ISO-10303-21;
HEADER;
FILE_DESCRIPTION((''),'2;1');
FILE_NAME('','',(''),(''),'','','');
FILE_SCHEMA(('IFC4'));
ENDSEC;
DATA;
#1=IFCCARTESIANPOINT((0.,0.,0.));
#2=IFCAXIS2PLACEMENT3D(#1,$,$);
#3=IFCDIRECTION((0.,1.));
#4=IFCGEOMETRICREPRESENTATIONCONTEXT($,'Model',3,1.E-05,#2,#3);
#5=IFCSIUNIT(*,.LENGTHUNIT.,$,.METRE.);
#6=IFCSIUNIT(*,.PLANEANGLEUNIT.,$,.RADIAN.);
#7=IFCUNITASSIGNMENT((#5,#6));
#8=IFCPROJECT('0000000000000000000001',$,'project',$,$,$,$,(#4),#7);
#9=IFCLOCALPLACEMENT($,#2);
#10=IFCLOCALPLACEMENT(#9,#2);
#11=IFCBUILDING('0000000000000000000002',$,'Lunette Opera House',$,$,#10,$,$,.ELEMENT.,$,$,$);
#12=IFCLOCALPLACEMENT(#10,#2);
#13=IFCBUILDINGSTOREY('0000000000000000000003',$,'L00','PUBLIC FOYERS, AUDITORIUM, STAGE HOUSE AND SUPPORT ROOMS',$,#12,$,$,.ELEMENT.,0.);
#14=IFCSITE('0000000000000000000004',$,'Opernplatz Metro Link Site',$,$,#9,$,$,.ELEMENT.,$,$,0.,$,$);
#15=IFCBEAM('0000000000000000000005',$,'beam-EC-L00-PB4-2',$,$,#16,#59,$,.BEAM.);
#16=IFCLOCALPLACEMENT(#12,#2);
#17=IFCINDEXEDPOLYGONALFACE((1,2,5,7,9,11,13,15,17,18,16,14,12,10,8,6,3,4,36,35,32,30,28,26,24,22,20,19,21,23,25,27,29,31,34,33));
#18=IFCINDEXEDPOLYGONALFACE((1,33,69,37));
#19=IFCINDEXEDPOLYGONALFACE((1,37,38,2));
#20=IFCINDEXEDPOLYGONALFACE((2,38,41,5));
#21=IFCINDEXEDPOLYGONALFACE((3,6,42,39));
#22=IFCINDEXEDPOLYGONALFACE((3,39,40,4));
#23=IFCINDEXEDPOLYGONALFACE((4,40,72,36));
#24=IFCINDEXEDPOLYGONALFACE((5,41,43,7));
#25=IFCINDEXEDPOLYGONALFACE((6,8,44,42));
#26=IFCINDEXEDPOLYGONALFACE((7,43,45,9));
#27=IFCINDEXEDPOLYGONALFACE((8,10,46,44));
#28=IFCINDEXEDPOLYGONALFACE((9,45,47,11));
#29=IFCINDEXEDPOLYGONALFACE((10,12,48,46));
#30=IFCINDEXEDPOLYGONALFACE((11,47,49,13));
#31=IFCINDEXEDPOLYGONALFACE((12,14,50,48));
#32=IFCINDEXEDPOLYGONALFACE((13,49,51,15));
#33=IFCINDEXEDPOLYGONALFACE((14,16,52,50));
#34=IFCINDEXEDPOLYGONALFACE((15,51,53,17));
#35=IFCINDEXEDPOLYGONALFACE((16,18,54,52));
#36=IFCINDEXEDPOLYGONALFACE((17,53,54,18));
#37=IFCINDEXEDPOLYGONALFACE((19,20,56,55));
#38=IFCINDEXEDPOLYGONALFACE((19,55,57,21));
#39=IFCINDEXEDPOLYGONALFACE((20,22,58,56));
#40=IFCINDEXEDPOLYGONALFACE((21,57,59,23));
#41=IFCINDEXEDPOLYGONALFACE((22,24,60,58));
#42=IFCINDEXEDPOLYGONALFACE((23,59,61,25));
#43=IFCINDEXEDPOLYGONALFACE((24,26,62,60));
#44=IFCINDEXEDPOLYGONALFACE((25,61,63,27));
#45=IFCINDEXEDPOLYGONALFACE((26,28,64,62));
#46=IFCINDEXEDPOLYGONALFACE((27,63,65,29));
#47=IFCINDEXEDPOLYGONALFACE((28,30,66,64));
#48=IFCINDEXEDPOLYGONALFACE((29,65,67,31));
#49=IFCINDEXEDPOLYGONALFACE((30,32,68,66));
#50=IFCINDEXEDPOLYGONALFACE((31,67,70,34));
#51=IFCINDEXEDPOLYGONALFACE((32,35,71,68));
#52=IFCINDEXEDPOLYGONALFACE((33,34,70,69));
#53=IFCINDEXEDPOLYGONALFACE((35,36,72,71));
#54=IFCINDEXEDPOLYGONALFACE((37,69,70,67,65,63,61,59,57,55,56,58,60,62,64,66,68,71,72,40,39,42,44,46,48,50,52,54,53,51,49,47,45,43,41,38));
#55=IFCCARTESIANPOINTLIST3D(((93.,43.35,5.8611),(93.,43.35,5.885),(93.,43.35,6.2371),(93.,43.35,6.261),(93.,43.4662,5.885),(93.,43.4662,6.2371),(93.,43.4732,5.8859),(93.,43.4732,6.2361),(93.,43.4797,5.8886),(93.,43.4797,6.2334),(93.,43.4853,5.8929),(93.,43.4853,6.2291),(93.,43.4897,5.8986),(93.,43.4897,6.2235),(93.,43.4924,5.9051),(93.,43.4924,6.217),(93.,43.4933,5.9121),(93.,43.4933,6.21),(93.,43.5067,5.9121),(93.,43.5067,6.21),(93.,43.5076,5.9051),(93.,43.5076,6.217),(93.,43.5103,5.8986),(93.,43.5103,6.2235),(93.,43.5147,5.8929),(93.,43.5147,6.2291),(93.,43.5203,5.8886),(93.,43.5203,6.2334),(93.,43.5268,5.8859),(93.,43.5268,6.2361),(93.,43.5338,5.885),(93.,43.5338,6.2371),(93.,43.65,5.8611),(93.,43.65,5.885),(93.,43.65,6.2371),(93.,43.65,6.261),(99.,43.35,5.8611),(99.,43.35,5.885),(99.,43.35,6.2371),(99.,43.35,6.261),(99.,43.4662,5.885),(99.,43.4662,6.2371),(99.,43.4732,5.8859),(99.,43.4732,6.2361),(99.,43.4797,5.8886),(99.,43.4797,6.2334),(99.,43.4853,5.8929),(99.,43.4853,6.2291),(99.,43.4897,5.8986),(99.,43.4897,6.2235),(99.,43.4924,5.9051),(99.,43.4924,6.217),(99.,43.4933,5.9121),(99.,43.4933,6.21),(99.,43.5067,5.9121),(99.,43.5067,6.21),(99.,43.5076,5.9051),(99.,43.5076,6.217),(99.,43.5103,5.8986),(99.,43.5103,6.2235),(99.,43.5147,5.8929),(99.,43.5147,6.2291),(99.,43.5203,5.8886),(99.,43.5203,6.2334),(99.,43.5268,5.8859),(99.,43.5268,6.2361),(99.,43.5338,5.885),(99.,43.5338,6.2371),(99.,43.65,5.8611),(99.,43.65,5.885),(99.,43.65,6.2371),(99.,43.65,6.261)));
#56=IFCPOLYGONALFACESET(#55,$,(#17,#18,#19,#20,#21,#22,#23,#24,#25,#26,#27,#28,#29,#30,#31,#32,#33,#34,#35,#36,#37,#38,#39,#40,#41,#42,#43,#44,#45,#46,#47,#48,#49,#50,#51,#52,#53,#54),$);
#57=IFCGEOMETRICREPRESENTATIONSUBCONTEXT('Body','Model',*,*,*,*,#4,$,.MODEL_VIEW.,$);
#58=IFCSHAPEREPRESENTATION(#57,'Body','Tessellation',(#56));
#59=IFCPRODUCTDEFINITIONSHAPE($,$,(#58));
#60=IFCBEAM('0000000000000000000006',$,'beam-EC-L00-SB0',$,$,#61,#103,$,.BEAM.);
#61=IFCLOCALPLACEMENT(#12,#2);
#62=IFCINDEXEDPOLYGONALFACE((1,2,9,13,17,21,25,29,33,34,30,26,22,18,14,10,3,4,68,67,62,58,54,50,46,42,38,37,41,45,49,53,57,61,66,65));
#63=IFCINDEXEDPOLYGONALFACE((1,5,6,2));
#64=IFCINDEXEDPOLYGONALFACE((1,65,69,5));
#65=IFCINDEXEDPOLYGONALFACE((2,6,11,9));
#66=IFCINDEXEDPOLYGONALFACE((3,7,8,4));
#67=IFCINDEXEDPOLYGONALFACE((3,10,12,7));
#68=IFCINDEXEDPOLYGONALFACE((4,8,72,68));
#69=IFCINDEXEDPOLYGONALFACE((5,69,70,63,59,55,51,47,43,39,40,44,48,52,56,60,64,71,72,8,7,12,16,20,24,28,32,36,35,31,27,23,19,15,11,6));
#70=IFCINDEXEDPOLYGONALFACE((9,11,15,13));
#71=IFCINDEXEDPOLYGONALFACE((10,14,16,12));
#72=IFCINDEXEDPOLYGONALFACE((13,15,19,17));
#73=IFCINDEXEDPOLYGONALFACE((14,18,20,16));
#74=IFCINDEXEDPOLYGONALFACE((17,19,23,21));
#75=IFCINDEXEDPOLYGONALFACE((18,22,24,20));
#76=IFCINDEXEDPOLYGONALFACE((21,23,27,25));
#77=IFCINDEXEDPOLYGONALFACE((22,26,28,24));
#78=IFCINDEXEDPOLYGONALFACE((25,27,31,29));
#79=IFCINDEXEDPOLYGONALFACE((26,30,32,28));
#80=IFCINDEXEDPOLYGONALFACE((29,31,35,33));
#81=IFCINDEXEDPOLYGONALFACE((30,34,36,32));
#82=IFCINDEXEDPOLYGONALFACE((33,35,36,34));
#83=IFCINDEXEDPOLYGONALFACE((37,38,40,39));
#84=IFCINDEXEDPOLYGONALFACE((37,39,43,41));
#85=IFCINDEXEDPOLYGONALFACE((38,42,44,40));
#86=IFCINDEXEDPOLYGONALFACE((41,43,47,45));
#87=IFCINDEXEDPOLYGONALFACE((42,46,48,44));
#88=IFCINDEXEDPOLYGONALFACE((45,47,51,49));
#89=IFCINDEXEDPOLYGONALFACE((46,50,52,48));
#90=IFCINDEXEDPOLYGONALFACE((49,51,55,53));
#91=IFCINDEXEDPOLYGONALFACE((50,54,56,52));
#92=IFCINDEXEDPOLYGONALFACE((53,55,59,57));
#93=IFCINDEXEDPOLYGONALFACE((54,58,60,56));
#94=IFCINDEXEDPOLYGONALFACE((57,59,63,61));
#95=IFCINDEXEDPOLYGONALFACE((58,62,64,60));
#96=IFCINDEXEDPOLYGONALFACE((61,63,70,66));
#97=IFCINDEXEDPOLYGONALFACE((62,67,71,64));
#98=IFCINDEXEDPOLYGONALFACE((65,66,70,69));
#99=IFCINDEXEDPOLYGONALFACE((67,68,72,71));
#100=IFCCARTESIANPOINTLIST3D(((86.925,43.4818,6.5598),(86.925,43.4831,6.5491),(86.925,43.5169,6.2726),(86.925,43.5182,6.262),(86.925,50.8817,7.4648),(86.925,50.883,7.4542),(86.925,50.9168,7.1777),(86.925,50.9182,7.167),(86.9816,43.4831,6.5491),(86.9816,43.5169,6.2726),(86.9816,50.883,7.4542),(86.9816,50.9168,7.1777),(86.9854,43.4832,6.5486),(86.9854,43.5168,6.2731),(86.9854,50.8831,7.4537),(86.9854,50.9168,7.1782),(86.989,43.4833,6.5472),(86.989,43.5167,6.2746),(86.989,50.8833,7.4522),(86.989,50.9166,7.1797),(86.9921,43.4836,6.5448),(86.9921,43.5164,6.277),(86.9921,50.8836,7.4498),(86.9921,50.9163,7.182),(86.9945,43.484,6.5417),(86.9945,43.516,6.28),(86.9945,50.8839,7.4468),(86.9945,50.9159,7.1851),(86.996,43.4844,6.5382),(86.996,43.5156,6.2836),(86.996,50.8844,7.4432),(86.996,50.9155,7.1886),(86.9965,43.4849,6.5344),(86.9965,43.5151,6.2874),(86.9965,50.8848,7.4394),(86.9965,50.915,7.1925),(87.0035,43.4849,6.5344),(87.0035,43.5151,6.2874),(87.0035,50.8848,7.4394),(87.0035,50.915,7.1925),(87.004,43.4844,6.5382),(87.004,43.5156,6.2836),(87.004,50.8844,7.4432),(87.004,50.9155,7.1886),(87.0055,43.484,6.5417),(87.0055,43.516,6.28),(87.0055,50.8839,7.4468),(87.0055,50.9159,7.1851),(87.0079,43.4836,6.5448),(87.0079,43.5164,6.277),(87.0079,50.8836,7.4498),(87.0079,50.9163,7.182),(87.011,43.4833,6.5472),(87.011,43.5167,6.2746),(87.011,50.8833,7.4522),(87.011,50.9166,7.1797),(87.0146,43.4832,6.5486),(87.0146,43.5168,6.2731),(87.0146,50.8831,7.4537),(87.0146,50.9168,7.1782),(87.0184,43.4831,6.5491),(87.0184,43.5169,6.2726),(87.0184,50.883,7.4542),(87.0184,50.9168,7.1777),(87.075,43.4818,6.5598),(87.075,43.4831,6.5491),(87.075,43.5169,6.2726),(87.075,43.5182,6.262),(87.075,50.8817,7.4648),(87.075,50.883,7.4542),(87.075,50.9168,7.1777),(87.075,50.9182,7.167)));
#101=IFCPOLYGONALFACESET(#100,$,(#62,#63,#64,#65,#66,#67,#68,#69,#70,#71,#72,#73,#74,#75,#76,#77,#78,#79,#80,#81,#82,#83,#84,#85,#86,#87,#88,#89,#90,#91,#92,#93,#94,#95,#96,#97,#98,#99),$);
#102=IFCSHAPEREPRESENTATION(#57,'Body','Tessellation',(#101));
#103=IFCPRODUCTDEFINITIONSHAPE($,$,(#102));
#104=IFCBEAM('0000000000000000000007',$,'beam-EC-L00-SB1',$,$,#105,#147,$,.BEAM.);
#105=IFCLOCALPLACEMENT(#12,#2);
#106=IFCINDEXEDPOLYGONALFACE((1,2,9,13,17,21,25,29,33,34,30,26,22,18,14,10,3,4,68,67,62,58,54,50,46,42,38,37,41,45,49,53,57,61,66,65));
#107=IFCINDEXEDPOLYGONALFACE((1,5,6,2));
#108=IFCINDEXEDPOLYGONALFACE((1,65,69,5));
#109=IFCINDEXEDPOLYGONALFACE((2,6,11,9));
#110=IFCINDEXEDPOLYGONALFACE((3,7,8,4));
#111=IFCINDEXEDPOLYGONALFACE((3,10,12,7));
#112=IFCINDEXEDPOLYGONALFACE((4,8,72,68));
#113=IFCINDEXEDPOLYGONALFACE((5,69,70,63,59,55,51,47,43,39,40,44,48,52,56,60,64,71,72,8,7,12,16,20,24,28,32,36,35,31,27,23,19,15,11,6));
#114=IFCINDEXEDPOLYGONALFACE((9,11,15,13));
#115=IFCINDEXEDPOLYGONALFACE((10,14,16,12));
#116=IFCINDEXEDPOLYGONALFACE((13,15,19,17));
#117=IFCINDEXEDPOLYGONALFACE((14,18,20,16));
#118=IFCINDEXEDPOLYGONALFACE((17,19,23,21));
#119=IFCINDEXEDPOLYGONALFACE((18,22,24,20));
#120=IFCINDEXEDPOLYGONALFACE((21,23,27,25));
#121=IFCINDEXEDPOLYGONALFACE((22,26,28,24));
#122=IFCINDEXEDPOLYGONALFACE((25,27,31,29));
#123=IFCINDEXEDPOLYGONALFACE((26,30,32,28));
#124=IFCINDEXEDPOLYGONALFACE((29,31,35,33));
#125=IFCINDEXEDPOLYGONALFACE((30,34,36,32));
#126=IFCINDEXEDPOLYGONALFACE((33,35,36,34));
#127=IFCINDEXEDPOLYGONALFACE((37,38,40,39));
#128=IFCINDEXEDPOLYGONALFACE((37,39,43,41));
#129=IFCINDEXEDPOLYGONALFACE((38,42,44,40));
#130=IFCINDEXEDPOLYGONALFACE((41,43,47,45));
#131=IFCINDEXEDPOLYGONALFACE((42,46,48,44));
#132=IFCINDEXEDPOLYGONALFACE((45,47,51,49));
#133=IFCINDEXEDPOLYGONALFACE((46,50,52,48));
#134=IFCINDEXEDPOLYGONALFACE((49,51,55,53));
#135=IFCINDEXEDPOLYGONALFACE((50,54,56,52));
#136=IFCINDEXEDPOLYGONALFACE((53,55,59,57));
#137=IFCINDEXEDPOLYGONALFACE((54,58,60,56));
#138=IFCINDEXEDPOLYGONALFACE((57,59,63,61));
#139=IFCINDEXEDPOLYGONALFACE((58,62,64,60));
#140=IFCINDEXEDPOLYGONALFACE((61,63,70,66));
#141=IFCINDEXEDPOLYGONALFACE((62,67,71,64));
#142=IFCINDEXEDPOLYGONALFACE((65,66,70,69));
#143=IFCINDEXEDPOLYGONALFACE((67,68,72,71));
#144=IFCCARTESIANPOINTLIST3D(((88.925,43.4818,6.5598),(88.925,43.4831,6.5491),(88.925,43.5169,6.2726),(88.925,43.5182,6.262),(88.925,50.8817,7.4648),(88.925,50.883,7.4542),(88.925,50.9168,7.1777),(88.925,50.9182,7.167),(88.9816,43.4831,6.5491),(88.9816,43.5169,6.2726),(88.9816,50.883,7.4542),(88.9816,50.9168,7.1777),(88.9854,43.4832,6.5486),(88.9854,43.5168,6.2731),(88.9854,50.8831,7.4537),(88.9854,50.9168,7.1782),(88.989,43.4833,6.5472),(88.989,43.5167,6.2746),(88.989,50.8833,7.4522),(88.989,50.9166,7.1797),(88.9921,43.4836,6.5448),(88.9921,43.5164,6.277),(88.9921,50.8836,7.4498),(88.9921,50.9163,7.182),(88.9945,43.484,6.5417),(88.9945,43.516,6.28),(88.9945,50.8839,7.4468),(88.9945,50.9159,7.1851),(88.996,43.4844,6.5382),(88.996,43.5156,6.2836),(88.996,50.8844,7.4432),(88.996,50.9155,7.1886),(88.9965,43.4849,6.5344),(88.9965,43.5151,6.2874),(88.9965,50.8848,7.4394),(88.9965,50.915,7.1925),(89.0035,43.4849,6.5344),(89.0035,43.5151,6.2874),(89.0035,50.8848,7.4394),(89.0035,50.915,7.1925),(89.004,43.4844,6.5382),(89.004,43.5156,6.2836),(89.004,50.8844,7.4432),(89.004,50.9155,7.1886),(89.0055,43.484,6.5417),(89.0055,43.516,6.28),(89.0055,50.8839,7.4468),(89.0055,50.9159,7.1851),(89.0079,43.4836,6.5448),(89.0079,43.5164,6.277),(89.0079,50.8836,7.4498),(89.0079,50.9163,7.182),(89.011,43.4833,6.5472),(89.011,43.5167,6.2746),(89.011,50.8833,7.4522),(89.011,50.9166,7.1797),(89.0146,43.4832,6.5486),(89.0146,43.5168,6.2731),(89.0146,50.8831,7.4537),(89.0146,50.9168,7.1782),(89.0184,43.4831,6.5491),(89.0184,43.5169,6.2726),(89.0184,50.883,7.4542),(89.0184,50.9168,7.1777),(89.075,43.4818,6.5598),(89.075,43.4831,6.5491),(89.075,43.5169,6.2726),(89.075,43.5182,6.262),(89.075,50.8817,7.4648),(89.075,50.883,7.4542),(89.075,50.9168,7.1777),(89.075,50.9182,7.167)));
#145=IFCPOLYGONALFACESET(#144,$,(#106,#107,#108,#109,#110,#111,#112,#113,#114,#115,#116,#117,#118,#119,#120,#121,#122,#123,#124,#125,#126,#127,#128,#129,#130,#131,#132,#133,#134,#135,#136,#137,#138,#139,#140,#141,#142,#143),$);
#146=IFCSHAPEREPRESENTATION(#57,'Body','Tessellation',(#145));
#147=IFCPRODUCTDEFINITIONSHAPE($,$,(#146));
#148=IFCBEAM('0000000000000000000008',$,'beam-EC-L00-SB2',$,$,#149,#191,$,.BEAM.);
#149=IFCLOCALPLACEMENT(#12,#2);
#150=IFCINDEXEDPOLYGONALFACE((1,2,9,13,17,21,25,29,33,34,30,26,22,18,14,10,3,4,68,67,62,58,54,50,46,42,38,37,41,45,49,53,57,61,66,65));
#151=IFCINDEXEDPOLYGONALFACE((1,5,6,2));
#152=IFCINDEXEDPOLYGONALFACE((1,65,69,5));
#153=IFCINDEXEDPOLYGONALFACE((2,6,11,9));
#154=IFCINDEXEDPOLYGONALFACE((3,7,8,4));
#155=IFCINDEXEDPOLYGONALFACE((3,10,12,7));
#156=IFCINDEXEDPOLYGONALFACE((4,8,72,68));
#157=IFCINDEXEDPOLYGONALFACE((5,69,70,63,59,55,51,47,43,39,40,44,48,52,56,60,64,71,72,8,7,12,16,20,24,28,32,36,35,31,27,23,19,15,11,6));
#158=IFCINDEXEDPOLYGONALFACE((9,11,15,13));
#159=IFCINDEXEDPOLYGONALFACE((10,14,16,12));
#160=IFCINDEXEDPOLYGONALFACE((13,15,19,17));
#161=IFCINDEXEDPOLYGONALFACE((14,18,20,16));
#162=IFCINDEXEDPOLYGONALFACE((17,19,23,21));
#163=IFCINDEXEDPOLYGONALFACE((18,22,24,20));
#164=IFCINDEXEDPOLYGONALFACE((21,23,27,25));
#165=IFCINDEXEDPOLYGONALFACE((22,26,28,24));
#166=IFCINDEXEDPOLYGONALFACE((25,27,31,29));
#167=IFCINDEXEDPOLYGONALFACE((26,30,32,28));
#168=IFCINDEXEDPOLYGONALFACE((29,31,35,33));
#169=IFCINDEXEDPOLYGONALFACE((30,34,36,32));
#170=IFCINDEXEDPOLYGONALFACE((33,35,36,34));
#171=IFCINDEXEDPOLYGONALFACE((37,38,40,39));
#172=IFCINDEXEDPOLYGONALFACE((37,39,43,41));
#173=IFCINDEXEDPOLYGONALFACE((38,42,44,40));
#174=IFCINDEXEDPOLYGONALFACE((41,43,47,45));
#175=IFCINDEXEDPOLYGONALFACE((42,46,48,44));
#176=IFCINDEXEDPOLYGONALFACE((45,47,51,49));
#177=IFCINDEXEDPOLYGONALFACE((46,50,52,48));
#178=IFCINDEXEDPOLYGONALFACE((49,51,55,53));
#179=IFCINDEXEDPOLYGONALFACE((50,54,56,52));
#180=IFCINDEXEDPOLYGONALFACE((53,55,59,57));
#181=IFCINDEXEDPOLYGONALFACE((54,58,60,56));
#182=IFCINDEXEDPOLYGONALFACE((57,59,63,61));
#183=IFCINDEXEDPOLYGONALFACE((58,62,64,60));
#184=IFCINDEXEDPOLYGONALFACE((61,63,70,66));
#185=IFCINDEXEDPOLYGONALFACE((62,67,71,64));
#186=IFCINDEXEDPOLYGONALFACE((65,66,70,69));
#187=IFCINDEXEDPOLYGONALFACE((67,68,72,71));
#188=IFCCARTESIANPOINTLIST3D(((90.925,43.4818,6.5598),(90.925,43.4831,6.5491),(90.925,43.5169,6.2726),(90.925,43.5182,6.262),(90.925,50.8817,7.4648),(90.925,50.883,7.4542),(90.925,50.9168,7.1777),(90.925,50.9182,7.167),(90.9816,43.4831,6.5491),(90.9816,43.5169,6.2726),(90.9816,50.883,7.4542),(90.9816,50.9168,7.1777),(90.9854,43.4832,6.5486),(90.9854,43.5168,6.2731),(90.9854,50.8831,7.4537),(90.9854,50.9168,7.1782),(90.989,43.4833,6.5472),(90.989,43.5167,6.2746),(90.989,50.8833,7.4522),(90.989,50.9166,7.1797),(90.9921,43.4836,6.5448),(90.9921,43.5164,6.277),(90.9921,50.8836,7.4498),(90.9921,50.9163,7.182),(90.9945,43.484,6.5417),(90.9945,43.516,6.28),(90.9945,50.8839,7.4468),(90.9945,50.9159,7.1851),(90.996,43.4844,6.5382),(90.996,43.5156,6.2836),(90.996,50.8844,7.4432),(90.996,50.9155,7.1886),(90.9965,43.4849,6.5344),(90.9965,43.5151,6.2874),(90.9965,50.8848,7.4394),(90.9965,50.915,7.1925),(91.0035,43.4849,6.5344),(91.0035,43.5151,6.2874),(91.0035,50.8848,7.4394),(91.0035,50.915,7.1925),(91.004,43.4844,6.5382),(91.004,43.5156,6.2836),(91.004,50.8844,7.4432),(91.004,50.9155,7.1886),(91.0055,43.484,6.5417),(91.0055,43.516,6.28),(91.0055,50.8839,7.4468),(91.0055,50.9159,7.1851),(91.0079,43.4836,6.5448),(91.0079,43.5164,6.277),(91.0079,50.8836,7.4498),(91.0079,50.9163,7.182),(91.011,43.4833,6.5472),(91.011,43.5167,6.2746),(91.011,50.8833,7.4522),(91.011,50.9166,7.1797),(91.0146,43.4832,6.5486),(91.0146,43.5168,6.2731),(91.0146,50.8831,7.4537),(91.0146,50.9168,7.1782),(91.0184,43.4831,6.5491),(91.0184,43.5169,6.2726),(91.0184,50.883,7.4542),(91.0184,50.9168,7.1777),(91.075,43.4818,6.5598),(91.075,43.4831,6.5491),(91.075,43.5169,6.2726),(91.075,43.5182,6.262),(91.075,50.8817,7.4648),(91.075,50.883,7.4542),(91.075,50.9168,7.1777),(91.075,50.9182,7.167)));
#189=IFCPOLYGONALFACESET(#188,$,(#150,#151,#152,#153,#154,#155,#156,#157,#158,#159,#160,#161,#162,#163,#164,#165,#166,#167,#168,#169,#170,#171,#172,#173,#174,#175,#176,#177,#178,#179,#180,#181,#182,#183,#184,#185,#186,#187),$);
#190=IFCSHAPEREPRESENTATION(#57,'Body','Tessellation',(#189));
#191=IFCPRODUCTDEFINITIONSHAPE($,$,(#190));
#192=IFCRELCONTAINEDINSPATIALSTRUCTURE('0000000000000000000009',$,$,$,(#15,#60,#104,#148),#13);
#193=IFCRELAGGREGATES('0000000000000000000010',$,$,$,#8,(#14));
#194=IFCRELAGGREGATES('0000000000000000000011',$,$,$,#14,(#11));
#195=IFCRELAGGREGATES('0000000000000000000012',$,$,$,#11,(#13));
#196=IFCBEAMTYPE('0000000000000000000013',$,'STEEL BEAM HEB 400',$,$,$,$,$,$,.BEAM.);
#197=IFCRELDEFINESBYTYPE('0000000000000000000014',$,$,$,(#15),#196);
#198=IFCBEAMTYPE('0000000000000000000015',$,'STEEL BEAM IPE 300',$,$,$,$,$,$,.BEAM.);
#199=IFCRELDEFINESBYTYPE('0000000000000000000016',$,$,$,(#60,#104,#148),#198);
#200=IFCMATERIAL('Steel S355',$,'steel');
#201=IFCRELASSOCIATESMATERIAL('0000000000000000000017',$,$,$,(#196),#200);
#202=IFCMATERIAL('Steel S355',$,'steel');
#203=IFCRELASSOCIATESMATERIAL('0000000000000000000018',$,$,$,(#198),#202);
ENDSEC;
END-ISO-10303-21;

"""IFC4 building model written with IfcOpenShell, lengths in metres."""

from ifc_helpers import new_model, si_unit, direction, frame, origin, origin_2d, place, context, subcontext, project, spatial, i_section, extrude, material, material_profile, profile_set, type_object, element, save


model = new_model("IFC4")

# Units and contexts
model_context = context("Model", 3, precision=1e-05, world=origin(), true_north=direction((0.0, 1.0)))
body_context = subcontext(model_context, "Body", "Model", "MODEL_VIEW")
ifc_project = project(units=[si_unit("LENGTHUNIT", "METRE"), si_unit("PLANEANGLEUNIT", "RADIAN")], contexts=[model_context])

# Site, building, storey
site_placement = place(None, origin())
site = spatial("IfcSite", under=ifc_project, at=site_placement, Name="Opernplatz Metro Link Site", CompositionType="ELEMENT", RefElevation=0.0)
building_placement = place(site_placement, origin())
building = spatial("IfcBuilding", under=site, at=building_placement, Name="Lunette Opera House", CompositionType="ELEMENT")
storey_placement = place(building_placement, origin())
storey = spatial("IfcBuildingStorey", under=building, at=storey_placement, Name="L00", Description="PUBLIC FOYERS, AUDITORIUM, STAGE HOUSE AND SUPPORT ROOMS", CompositionType="ELEMENT", Elevation=0.0)

# Beams
ifc_material_1 = material(Name="Steel S355", Category="steel")
ifc_material_profile_1 = material_profile(ifc_material_1, i_section(OverallWidth=0.3, OverallDepth=0.3999, WebThickness=0.0134, FlangeThickness=0.0239, FilletRadius=0.0271, at=origin_2d()), Name="HEB 400")
ifc_profile_set_1 = profile_set([ifc_material_profile_1], Name="Steel S355")
beam_type_1 = type_object("IfcBeamType", Name="STEEL BEAM HEB 400", PredefinedType="BEAM", material=ifc_profile_set_1)
for number, where, z_axis, x_axis, name in (
    (1, (93.0, 43.5, 6.061), (1.0, 0.0, 0.0), (0.0, 1.0, 0.0), "beam-EC-L00-PB4-2"),
):
    element("IfcBeam", number, at=place(storey_placement, frame(where, z_axis=z_axis, x_axis=x_axis)), inside=storey, type_object=beam_type_1, Name=name, PredefinedType="BEAM", context=body_context, shape_type="SweptSolid", body=[
        extrude(i_section(OverallWidth=0.3, OverallDepth=0.3999, WebThickness=0.0134, FlangeThickness=0.0239, FilletRadius=0.0271, at=origin_2d()), origin(), (0.0, 0.0, 1.0), 6.0),
    ])
ifc_material_2 = material(Name="Steel S355", Category="steel")
ifc_material_profile_2 = material_profile(ifc_material_2, i_section(OverallWidth=0.1499, OverallDepth=0.3, WebThickness=0.0071, FlangeThickness=0.0107, FilletRadius=0.0149, at=origin_2d()), Name="IPE 300")
ifc_profile_set_2 = profile_set([ifc_material_profile_2], Name="Steel S355")
beam_type_2 = type_object("IfcBeamType", Name="STEEL BEAM IPE 300", PredefinedType="BEAM", material=ifc_profile_set_2)
for number, where, z_axis, x_axis, name in (
    (2, (87.0, 43.5, 6.4109), (0.0, 0.992604, 0.121398), (-1.0, 0.0, 0.0), "beam-EC-L00-SB0"),
    (3, (89.0, 43.5, 6.4109), (0.0, 0.992604, 0.121398), (-1.0, 0.0, 0.0), "beam-EC-L00-SB1"),
    (4, (91.0, 43.5, 6.4109), (0.0, 0.992604, 0.121398), (-1.0, 0.0, 0.0), "beam-EC-L00-SB2"),
):
    element("IfcBeam", number, at=place(storey_placement, frame(where, z_axis=z_axis, x_axis=x_axis)), inside=storey, type_object=beam_type_2, Name=name, PredefinedType="BEAM", context=body_context, shape_type="SweptSolid", body=[
        extrude(i_section(OverallWidth=0.1499, OverallDepth=0.3, WebThickness=0.0071, FlangeThickness=0.0107, FilletRadius=0.0149, at=origin_2d()), origin(), (0.0, 0.0, 1.0), 7.4551),
    ])

save(model, "model.ifc")
